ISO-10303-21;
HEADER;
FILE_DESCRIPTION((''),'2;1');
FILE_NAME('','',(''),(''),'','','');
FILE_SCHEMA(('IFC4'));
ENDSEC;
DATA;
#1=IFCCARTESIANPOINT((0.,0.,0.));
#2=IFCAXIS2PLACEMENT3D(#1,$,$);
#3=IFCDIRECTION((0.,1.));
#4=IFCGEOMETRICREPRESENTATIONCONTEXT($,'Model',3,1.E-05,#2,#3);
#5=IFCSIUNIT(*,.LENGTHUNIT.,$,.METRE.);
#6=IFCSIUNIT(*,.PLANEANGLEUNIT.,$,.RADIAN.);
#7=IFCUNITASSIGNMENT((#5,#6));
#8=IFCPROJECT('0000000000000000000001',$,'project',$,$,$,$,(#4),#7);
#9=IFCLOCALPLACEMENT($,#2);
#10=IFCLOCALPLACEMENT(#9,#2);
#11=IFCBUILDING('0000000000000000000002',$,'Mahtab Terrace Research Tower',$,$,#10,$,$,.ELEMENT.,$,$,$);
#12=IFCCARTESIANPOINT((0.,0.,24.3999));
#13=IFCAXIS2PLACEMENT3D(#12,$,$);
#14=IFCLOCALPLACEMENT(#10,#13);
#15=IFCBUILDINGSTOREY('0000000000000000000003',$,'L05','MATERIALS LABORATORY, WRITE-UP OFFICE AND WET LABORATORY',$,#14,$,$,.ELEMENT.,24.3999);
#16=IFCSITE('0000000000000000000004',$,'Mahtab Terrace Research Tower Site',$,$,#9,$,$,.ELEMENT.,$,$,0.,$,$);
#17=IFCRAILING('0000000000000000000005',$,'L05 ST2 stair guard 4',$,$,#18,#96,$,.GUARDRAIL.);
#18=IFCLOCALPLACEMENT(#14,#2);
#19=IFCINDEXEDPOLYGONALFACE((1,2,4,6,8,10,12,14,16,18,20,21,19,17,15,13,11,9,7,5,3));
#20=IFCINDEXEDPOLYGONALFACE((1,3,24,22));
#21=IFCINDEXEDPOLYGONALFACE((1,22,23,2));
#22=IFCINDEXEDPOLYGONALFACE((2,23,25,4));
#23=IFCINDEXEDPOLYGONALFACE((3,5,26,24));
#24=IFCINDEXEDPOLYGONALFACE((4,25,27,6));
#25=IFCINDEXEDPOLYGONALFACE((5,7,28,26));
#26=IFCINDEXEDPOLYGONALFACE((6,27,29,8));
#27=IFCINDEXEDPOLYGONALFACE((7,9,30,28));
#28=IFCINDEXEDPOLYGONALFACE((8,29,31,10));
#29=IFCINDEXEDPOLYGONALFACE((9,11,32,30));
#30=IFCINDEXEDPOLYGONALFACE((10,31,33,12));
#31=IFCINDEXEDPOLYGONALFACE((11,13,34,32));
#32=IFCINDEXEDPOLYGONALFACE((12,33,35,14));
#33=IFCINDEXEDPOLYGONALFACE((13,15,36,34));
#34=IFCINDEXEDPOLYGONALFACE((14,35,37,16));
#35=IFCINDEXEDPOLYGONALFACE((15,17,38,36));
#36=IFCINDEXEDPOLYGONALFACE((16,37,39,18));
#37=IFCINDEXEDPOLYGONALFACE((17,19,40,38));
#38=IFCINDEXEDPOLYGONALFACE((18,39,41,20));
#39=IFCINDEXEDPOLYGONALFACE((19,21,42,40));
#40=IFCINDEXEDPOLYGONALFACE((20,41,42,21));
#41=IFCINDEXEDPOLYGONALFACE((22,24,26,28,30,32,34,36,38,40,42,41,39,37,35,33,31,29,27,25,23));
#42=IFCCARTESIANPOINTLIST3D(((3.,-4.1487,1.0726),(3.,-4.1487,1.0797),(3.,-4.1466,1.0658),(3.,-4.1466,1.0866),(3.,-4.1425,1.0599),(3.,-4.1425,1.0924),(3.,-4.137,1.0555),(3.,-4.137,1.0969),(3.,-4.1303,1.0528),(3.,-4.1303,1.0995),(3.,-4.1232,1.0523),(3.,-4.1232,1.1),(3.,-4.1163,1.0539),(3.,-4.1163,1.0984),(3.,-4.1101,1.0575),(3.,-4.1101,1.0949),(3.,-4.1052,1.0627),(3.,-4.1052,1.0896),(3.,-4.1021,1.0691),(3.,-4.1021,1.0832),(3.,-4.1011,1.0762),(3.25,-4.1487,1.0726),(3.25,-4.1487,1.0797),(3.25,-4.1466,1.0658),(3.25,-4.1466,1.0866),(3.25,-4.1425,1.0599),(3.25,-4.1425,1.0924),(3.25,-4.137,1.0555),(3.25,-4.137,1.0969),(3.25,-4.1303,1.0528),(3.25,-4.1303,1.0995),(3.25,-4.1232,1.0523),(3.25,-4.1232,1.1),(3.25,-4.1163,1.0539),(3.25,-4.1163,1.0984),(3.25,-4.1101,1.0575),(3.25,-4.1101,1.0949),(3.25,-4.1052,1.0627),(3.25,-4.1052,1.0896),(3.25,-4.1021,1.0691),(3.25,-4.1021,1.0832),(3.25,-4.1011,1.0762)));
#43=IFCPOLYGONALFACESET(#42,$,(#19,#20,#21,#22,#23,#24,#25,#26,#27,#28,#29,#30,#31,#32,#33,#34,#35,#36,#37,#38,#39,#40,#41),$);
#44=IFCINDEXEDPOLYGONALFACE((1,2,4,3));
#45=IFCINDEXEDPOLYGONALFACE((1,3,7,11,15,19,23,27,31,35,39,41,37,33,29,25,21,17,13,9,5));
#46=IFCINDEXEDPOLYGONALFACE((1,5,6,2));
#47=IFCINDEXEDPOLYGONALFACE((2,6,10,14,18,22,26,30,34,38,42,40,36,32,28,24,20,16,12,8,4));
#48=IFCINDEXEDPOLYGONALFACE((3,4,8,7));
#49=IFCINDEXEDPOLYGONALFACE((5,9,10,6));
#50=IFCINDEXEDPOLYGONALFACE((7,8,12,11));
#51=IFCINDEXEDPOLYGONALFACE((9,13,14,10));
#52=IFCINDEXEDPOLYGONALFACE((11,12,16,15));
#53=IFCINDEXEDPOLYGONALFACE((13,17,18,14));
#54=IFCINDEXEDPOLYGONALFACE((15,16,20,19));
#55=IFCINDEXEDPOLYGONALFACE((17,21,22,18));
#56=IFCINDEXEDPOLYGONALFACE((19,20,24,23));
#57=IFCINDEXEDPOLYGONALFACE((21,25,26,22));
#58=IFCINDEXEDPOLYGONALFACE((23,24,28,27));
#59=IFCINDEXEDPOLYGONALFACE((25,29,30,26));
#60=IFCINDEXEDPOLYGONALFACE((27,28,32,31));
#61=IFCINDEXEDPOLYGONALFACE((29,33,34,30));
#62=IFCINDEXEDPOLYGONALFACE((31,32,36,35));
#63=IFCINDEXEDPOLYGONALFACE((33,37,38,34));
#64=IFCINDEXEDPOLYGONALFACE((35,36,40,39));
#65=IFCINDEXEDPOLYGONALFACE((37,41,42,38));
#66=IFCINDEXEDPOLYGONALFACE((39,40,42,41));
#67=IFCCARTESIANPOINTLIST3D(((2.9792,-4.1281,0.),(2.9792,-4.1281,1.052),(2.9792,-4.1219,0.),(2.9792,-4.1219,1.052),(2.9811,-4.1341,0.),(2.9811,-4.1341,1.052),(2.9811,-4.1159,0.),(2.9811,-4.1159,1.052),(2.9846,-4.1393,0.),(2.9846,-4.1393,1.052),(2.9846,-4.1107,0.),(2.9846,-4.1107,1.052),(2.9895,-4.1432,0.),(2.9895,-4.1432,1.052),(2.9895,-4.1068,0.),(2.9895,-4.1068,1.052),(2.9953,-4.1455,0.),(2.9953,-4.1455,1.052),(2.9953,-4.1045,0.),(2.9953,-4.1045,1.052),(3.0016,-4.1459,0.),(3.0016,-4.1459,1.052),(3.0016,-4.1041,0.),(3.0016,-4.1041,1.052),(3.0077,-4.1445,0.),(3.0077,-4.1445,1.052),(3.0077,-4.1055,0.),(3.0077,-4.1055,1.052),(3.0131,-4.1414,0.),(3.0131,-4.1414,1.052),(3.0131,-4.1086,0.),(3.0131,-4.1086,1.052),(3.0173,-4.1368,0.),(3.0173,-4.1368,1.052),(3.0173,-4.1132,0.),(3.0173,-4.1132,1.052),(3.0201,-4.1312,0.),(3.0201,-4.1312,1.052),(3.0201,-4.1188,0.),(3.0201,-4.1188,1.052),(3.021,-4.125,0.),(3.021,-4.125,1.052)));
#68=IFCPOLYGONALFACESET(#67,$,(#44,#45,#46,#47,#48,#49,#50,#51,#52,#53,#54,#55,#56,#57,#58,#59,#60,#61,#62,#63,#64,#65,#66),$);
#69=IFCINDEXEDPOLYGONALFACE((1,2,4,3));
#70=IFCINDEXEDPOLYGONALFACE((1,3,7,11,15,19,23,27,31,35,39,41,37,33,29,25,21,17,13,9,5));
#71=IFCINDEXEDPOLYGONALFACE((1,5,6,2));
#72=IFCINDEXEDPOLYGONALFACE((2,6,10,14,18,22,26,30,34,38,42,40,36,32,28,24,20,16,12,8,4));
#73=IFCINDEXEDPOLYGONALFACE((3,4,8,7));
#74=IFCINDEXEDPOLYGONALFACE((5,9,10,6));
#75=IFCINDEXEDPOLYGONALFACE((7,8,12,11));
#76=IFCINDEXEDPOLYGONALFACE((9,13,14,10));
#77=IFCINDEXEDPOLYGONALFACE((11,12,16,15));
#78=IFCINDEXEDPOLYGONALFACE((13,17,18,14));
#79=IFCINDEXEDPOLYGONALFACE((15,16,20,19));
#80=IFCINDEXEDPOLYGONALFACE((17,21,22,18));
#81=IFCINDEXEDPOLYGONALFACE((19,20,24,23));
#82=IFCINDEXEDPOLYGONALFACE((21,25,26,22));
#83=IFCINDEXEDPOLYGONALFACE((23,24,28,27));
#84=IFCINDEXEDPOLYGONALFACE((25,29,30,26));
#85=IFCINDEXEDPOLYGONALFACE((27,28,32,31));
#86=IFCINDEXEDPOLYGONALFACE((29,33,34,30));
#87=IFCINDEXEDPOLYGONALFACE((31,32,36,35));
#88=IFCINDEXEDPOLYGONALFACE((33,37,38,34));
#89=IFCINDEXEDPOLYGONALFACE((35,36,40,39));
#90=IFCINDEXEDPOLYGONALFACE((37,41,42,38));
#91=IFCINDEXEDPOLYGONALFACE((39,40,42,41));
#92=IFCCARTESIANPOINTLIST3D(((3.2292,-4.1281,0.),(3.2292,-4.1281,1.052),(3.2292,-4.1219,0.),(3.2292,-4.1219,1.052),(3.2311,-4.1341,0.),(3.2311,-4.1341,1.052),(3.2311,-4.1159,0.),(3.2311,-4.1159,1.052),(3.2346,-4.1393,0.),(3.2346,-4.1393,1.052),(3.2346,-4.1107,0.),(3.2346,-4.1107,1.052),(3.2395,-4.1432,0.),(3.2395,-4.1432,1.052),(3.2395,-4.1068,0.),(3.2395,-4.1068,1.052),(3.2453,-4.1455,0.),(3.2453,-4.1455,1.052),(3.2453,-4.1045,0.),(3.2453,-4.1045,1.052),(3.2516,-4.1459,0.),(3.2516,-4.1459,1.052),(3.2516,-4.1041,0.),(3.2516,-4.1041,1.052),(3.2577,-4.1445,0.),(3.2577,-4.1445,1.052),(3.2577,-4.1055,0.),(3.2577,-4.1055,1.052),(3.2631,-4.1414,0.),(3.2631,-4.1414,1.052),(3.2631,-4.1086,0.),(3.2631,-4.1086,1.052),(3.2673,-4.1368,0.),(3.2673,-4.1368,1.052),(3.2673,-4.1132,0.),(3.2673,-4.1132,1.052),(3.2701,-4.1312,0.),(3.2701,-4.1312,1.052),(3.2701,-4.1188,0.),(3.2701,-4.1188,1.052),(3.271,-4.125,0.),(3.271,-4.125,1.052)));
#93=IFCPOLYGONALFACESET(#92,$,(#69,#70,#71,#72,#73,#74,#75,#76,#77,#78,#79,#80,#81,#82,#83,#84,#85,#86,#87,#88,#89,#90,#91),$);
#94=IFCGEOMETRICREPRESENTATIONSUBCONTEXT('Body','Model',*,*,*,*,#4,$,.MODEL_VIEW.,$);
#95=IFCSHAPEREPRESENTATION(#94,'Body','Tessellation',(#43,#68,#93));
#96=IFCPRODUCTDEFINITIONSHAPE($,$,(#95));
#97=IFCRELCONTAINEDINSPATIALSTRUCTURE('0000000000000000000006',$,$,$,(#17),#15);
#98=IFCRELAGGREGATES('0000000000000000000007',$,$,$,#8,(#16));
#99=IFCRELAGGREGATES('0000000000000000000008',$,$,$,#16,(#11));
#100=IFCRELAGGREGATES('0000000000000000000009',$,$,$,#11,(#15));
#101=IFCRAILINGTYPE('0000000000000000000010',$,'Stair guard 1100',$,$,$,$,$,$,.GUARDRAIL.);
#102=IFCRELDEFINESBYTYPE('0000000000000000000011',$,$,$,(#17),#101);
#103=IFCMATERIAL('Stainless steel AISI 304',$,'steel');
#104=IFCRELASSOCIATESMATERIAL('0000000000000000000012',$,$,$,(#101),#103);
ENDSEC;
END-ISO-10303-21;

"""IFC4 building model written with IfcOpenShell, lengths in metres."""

from ifc_helpers import new_model, si_unit, direction, frame, origin, origin_2d, place, context, subcontext, project, spatial, circle, extrude, material, type_object, element, save


model = new_model("IFC4")

# Units and contexts
model_context = context("Model", 3, precision=1e-05, world=origin(), true_north=direction((0.0, 1.0)))
body_context = subcontext(model_context, "Body", "Model", "MODEL_VIEW")
ifc_project = project(units=[si_unit("LENGTHUNIT", "METRE"), si_unit("PLANEANGLEUNIT", "RADIAN")], contexts=[model_context])

# Site, building, storey
site_placement = place(None, origin())
site = spatial("IfcSite", under=ifc_project, at=site_placement, Name="Mahtab Terrace Research Tower Site", CompositionType="ELEMENT", RefElevation=0.0)
building_placement = place(site_placement, origin())
building = spatial("IfcBuilding", under=site, at=building_placement, Name="Mahtab Terrace Research Tower", CompositionType="ELEMENT")
storey_placement = place(building_placement, frame((0.0, 0.0, 24.3999)))
storey = spatial("IfcBuildingStorey", under=building, at=storey_placement, Name="L05", Description="MATERIALS LABORATORY, WRITE-UP OFFICE AND WET LABORATORY", CompositionType="ELEMENT", Elevation=24.3999)

# Railing
ifc_material_1 = material(Name="Stainless steel AISI 304", Category="steel")
railing_type_1 = type_object("IfcRailingType", Name="Stair guard 1100", PredefinedType="GUARDRAIL", material=ifc_material_1)
railing_1_placement = place(storey_placement, frame((3.0, -4.125, 0.0)))
element("IfcRailing", 1, at=railing_1_placement, inside=storey, type_object=railing_type_1, Name="L05 ST2 stair guard 4", PredefinedType="GUARDRAIL", context=body_context, shape_type="SweptSolid", body=[
    extrude(circle(Radius=0.0239, at=origin_2d()), frame((0.0, 0.0, 1.0762), z_axis=(1.0, 0.0, 0.0), x_axis=(0.0, 1.0, 0.0)), (0.0, 0.0, 1.0), 0.25),
    extrude(circle(Radius=0.021, at=origin_2d()), origin(), (0.0, 0.0, 1.0), 1.052),
    extrude(circle(Radius=0.021, at=origin_2d()), frame((0.25, 0.0, 0.0)), (0.0, 0.0, 1.0), 1.052),
])

save(model, "model.ifc")
